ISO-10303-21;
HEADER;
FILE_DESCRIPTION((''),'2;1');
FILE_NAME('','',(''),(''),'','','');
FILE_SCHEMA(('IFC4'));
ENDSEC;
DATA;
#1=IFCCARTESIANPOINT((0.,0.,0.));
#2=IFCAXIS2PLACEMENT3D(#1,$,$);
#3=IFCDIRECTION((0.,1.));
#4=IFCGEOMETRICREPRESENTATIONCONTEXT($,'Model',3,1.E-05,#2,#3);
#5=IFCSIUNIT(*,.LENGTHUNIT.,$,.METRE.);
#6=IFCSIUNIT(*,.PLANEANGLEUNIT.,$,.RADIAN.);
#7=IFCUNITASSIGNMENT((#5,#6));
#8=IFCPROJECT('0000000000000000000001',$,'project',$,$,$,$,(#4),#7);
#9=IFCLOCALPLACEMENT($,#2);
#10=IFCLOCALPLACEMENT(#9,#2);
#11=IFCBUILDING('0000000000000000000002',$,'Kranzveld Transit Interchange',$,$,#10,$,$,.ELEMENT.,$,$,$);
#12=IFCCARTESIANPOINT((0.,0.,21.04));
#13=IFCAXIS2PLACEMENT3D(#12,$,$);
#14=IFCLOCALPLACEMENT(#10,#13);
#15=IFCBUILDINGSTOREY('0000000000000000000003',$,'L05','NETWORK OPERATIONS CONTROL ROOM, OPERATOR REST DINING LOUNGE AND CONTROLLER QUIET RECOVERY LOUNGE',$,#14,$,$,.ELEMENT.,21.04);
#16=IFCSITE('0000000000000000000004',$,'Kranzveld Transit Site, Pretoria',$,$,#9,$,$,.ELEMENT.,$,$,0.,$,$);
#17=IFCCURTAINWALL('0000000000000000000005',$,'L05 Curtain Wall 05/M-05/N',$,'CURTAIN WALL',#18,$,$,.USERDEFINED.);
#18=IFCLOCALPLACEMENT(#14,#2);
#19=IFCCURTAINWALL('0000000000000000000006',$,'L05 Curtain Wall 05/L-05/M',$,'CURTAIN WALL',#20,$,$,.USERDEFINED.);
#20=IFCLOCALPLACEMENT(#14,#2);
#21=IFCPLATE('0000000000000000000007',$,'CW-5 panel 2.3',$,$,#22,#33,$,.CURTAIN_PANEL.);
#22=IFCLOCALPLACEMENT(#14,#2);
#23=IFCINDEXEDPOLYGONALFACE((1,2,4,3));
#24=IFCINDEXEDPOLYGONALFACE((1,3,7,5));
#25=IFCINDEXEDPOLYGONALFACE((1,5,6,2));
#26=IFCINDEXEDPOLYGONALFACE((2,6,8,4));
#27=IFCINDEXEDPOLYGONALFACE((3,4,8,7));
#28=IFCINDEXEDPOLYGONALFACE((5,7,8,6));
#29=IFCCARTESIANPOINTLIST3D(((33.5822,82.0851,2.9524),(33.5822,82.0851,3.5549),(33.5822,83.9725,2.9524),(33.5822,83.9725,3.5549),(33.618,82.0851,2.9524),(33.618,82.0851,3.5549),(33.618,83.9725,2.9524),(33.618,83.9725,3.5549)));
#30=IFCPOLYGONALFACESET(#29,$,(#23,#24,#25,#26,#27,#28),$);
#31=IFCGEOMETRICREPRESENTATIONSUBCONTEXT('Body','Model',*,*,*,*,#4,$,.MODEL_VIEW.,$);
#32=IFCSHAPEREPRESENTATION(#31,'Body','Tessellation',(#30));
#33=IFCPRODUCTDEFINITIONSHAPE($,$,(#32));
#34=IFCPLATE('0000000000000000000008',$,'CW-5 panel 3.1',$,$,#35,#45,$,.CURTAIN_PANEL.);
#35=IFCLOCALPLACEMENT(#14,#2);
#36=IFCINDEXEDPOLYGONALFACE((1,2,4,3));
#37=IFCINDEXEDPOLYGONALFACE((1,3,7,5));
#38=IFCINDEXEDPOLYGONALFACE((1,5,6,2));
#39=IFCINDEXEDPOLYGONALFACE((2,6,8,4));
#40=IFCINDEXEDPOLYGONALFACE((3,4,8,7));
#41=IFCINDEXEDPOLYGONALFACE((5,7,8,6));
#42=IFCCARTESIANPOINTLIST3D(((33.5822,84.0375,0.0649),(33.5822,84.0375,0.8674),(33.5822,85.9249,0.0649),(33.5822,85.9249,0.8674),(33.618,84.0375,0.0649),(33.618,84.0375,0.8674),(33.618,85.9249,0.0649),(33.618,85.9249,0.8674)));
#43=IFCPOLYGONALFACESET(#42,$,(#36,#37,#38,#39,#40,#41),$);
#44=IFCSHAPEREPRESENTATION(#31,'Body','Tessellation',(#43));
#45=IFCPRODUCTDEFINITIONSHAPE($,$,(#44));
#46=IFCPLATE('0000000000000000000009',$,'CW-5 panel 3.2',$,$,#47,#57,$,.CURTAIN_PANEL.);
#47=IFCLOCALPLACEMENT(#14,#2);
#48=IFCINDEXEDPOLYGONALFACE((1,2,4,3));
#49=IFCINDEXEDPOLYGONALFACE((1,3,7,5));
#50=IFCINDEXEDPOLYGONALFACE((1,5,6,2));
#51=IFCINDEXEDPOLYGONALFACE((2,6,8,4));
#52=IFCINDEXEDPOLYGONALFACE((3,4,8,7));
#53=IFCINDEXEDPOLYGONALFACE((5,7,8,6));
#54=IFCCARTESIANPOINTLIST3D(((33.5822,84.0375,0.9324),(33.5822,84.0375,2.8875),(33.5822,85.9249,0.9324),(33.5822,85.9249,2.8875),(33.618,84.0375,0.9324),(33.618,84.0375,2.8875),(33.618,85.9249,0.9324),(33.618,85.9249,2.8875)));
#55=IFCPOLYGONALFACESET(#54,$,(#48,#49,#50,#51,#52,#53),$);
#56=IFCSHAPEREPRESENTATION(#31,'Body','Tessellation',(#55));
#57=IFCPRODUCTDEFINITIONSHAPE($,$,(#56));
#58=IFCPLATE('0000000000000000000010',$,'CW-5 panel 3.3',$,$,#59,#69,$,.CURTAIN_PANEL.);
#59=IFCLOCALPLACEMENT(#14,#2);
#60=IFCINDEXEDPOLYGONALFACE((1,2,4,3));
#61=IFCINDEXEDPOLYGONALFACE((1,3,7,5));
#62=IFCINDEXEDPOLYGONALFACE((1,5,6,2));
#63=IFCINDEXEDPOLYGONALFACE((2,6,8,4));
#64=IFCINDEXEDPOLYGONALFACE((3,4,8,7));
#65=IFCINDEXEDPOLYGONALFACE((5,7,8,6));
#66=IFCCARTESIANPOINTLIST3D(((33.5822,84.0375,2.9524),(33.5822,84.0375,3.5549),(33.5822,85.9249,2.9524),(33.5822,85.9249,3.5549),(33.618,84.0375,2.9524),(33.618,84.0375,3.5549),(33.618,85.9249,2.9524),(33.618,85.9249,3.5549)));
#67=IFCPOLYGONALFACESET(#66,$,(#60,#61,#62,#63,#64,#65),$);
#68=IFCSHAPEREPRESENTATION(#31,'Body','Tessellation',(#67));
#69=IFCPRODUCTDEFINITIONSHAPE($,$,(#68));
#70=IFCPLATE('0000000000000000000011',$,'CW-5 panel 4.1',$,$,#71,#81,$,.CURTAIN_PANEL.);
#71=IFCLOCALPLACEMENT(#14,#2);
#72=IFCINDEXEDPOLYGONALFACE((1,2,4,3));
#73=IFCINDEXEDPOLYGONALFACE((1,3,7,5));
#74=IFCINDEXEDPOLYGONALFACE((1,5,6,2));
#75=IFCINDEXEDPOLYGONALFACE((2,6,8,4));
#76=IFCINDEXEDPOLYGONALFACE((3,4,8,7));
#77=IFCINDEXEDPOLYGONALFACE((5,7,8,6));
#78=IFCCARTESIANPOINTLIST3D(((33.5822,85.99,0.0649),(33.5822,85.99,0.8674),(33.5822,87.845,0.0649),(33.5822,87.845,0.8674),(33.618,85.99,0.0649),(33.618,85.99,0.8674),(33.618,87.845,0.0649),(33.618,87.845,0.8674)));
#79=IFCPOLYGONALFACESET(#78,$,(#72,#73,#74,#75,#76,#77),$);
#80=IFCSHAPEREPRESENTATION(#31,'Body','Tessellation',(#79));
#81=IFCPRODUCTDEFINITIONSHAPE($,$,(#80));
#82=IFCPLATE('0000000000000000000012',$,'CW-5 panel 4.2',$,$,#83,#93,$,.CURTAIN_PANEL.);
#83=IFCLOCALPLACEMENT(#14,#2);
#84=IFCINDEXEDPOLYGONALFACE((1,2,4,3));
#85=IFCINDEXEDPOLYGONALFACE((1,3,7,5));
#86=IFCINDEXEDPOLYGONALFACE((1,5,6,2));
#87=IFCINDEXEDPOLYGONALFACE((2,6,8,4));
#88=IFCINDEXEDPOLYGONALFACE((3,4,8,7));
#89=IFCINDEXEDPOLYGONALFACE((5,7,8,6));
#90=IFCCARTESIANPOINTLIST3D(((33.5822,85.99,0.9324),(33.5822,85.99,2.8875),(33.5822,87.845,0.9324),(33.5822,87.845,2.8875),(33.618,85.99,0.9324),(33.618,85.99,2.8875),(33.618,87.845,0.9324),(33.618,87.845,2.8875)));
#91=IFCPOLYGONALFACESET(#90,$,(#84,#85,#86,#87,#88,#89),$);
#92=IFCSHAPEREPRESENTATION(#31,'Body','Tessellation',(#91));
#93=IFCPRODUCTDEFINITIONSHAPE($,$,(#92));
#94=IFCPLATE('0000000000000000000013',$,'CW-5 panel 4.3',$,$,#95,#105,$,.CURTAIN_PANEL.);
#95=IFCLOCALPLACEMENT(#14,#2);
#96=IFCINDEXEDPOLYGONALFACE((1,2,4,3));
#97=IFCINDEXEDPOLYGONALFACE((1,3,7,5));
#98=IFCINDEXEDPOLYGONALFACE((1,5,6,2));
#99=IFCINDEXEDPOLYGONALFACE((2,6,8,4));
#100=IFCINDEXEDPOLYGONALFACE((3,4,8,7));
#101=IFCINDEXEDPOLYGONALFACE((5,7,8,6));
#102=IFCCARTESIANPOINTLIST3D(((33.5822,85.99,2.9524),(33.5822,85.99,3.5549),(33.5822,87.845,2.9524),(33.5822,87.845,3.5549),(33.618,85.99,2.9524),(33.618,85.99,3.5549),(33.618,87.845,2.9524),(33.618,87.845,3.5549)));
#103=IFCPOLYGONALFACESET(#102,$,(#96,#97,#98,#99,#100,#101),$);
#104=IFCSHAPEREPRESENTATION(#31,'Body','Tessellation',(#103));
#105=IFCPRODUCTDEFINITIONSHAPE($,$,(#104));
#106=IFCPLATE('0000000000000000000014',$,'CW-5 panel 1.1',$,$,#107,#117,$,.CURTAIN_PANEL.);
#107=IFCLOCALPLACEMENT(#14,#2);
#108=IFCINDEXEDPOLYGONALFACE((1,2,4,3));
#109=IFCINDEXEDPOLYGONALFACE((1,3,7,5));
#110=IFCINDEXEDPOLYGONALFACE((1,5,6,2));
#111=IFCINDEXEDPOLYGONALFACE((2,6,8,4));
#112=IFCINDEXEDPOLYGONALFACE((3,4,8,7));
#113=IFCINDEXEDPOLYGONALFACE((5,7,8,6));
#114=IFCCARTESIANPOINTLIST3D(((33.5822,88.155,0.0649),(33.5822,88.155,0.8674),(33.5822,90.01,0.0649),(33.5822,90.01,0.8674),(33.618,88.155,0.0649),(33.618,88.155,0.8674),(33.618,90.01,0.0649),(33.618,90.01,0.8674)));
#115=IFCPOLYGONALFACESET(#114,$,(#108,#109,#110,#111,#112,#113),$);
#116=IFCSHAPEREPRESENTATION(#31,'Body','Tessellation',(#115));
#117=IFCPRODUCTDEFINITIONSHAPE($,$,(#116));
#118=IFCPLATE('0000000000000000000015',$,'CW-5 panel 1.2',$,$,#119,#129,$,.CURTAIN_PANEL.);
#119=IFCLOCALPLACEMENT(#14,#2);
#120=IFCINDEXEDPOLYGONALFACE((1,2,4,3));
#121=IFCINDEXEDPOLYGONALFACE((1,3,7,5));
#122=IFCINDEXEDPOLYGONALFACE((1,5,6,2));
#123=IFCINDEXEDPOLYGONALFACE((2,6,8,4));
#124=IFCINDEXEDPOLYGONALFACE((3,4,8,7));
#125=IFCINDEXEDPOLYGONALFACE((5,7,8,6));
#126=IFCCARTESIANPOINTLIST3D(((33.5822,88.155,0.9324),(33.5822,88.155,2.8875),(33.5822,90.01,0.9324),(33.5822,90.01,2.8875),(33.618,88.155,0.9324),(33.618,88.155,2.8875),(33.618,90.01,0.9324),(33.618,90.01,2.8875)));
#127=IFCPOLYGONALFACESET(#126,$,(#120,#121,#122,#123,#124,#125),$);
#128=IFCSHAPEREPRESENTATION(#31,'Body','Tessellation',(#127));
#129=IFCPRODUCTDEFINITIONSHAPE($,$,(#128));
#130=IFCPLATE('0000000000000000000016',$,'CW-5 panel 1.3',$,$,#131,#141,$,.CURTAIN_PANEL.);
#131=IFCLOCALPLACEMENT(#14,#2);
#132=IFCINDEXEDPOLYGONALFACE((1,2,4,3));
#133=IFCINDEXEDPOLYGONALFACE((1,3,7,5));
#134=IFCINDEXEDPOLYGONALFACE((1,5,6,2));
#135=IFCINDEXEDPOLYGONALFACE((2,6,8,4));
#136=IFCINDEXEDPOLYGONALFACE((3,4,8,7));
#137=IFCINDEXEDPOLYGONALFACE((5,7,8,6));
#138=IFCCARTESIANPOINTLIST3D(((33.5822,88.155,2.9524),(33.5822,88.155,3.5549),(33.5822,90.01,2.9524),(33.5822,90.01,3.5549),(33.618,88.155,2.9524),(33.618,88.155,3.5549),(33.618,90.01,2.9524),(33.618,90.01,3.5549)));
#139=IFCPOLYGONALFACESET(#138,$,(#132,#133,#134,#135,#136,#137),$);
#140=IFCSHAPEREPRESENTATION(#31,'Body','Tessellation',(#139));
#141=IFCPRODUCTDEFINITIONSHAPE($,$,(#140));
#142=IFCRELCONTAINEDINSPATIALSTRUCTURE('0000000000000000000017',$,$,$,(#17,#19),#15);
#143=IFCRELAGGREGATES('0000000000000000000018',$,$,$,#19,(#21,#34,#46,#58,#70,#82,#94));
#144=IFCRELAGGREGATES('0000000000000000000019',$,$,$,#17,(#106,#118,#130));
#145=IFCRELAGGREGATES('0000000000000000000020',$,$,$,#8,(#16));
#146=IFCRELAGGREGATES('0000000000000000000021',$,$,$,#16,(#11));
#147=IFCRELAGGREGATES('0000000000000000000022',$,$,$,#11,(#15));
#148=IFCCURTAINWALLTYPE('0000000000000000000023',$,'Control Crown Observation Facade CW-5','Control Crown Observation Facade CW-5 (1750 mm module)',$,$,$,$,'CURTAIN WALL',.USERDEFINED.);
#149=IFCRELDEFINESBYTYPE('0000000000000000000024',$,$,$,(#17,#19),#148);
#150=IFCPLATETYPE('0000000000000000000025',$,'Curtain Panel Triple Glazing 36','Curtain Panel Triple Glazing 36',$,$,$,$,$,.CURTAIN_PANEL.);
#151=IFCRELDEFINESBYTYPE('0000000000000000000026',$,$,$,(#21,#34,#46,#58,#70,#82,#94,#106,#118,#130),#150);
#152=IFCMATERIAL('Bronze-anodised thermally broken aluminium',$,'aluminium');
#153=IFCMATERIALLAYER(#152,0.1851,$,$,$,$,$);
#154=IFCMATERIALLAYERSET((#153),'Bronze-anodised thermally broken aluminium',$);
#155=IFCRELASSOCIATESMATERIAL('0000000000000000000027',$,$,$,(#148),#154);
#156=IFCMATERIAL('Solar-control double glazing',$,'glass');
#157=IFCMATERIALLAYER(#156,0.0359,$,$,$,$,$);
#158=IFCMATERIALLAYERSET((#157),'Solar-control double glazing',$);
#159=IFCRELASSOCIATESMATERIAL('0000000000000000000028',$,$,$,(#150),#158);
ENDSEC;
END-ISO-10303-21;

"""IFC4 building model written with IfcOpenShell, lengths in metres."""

from ifc_helpers import new_model, si_unit, direction, frame, origin, origin_2d, place, context, subcontext, project, spatial, rectangle, extrude, material, layer, layer_set, type_object, element, aggregate, save


model = new_model("IFC4")

# Units and contexts
model_context = context("Model", 3, precision=1e-05, world=origin(), true_north=direction((0.0, 1.0)))
body_context = subcontext(model_context, "Body", "Model", "MODEL_VIEW")
ifc_project = project(units=[si_unit("LENGTHUNIT", "METRE"), si_unit("PLANEANGLEUNIT", "RADIAN")], contexts=[model_context])

# Site, building, storey
site_placement = place(None, origin())
site = spatial("IfcSite", under=ifc_project, at=site_placement, Name="Kranzveld Transit Site, Pretoria", CompositionType="ELEMENT", RefElevation=0.0)
building_placement = place(site_placement, origin())
building = spatial("IfcBuilding", under=site, at=building_placement, Name="Kranzveld Transit Interchange", CompositionType="ELEMENT")
storey_placement = place(building_placement, frame((0.0, 0.0, 21.04)))
storey = spatial("IfcBuildingStorey", under=building, at=storey_placement, Name="L05", Description="NETWORK OPERATIONS CONTROL ROOM, OPERATOR REST DINING LOUNGE AND CONTROLLER QUIET RECOVERY LOUNGE", CompositionType="ELEMENT", Elevation=21.04)

# Curtain walls
ifc_material_1 = material(Name="Bronze-anodised thermally broken aluminium", Category="aluminium")
ifc_layer_1 = layer(ifc_material_1, 0.1851)
ifc_layer_set_1 = layer_set([ifc_layer_1], Name="Bronze-anodised thermally broken aluminium")
curtain_wall_type = type_object("IfcCurtainWallType", Name="Control Crown Observation Facade CW-5", Description="Control Crown Observation Facade CW-5 (1750 mm module)", ElementType="CURTAIN WALL", PredefinedType="USERDEFINED", material=ifc_layer_set_1)
curtain_wall_1_placement = place(storey_placement, origin())
curtain_wall_1 = element("IfcCurtainWall", 1, at=curtain_wall_1_placement, inside=storey, type_object=curtain_wall_type, Name="L05 Curtain Wall 05/M-05/N", ObjectType="CURTAIN WALL", PredefinedType="USERDEFINED")
curtain_wall_2_placement = place(storey_placement, origin())
curtain_wall_2 = element("IfcCurtainWall", 2, at=curtain_wall_2_placement, inside=storey, type_object=curtain_wall_type, Name="L05 Curtain Wall 05/L-05/M", ObjectType="CURTAIN WALL", PredefinedType="USERDEFINED")

# Plates
ifc_material_2 = material(Name="Solar-control double glazing", Category="glass")
ifc_layer_2 = layer(ifc_material_2, 0.0359)
ifc_layer_set_2 = layer_set([ifc_layer_2], Name="Solar-control double glazing")
plate_type = type_object("IfcPlateType", Name="Curtain Panel Triple Glazing 36", Description="Curtain Panel Triple Glazing 36", PredefinedType="CURTAIN_PANEL", material=ifc_layer_set_2)
plate_1_placement = place(storey_placement, frame((33.6001, 83.0288, 2.9524), z_axis=(0.0, 0.0, 1.0), x_axis=(0.0, 1.0, 0.0)))
plate_1 = element("IfcPlate", 3, at=plate_1_placement, type_object=plate_type, Name="CW-5 panel 2.3", PredefinedType="CURTAIN_PANEL", context=body_context, shape_type="SweptSolid", body=[
    extrude(rectangle(XDim=1.8875, YDim=0.0359, at=origin_2d()), origin(), (0.0, 0.0, 1.0), 0.6025),
])
plate_2_placement = place(storey_placement, frame((33.6001, 84.9812, 0.0649), z_axis=(0.0, 0.0, 1.0), x_axis=(0.0, 1.0, 0.0)))
plate_2 = element("IfcPlate", 4, at=plate_2_placement, type_object=plate_type, Name="CW-5 panel 3.1", PredefinedType="CURTAIN_PANEL", context=body_context, shape_type="SweptSolid", body=[
    extrude(rectangle(XDim=1.8875, YDim=0.0359, at=origin_2d()), origin(), (0.0, 0.0, 1.0), 0.8025),
])
plate_3_placement = place(storey_placement, frame((33.6001, 84.9812, 0.9324), z_axis=(0.0, 0.0, 1.0), x_axis=(0.0, 1.0, 0.0)))
plate_3 = element("IfcPlate", 5, at=plate_3_placement, type_object=plate_type, Name="CW-5 panel 3.2", PredefinedType="CURTAIN_PANEL", context=body_context, shape_type="SweptSolid", body=[
    extrude(rectangle(XDim=1.8875, YDim=0.0359, at=origin_2d()), origin(), (0.0, 0.0, 1.0), 1.9551),
])
plate_4_placement = place(storey_placement, frame((33.6001, 84.9812, 2.9524), z_axis=(0.0, 0.0, 1.0), x_axis=(0.0, 1.0, 0.0)))
plate_4 = element("IfcPlate", 6, at=plate_4_placement, type_object=plate_type, Name="CW-5 panel 3.3", PredefinedType="CURTAIN_PANEL", context=body_context, shape_type="SweptSolid", body=[
    extrude(rectangle(XDim=1.8875, YDim=0.0359, at=origin_2d()), origin(), (0.0, 0.0, 1.0), 0.6025),
])
plate_5_placement = place(storey_placement, frame((33.6001, 86.9175, 0.0649), z_axis=(0.0, 0.0, 1.0), x_axis=(0.0, 1.0, 0.0)))
plate_5 = element("IfcPlate", 7, at=plate_5_placement, type_object=plate_type, Name="CW-5 panel 4.1", PredefinedType="CURTAIN_PANEL", context=body_context, shape_type="SweptSolid", body=[
    extrude(rectangle(XDim=1.855, YDim=0.0359, at=origin_2d()), origin(), (0.0, 0.0, 1.0), 0.8025),
])
plate_6_placement = place(storey_placement, frame((33.6001, 86.9175, 0.9324), z_axis=(0.0, 0.0, 1.0), x_axis=(0.0, 1.0, 0.0)))
plate_6 = element("IfcPlate", 8, at=plate_6_placement, type_object=plate_type, Name="CW-5 panel 4.2", PredefinedType="CURTAIN_PANEL", context=body_context, shape_type="SweptSolid", body=[
    extrude(rectangle(XDim=1.855, YDim=0.0359, at=origin_2d()), origin(), (0.0, 0.0, 1.0), 1.9551),
])
plate_7_placement = place(storey_placement, frame((33.6001, 86.9175, 2.9524), z_axis=(0.0, 0.0, 1.0), x_axis=(0.0, 1.0, 0.0)))
plate_7 = element("IfcPlate", 9, at=plate_7_placement, type_object=plate_type, Name="CW-5 panel 4.3", PredefinedType="CURTAIN_PANEL", context=body_context, shape_type="SweptSolid", body=[
    extrude(rectangle(XDim=1.855, YDim=0.0359, at=origin_2d()), origin(), (0.0, 0.0, 1.0), 0.6025),
])
aggregate(curtain_wall_2, [plate_1, plate_2, plate_3, plate_4, plate_5, plate_6, plate_7])
plate_8_placement = place(storey_placement, frame((33.6001, 89.0825, 0.0649), z_axis=(0.0, 0.0, 1.0), x_axis=(0.0, 1.0, 0.0)))
plate_8 = element("IfcPlate", 10, at=plate_8_placement, type_object=plate_type, Name="CW-5 panel 1.1", PredefinedType="CURTAIN_PANEL", context=body_context, shape_type="SweptSolid", body=[
    extrude(rectangle(XDim=1.855, YDim=0.0359, at=origin_2d()), origin(), (0.0, 0.0, 1.0), 0.8025),
])
plate_9_placement = place(storey_placement, frame((33.6001, 89.0825, 0.9324), z_axis=(0.0, 0.0, 1.0), x_axis=(0.0, 1.0, 0.0)))
plate_9 = element("IfcPlate", 11, at=plate_9_placement, type_object=plate_type, Name="CW-5 panel 1.2", PredefinedType="CURTAIN_PANEL", context=body_context, shape_type="SweptSolid", body=[
    extrude(rectangle(XDim=1.855, YDim=0.0359, at=origin_2d()), origin(), (0.0, 0.0, 1.0), 1.9551),
])
plate_10_placement = place(storey_placement, frame((33.6001, 89.0825, 2.9524), z_axis=(0.0, 0.0, 1.0), x_axis=(0.0, 1.0, 0.0)))
plate_10 = element("IfcPlate", 12, at=plate_10_placement, type_object=plate_type, Name="CW-5 panel 1.3", PredefinedType="CURTAIN_PANEL", context=body_context, shape_type="SweptSolid", body=[
    extrude(rectangle(XDim=1.855, YDim=0.0359, at=origin_2d()), origin(), (0.0, 0.0, 1.0), 0.6025),
])
aggregate(curtain_wall_1, [plate_8, plate_9, plate_10])

save(model, "model.ifc")
